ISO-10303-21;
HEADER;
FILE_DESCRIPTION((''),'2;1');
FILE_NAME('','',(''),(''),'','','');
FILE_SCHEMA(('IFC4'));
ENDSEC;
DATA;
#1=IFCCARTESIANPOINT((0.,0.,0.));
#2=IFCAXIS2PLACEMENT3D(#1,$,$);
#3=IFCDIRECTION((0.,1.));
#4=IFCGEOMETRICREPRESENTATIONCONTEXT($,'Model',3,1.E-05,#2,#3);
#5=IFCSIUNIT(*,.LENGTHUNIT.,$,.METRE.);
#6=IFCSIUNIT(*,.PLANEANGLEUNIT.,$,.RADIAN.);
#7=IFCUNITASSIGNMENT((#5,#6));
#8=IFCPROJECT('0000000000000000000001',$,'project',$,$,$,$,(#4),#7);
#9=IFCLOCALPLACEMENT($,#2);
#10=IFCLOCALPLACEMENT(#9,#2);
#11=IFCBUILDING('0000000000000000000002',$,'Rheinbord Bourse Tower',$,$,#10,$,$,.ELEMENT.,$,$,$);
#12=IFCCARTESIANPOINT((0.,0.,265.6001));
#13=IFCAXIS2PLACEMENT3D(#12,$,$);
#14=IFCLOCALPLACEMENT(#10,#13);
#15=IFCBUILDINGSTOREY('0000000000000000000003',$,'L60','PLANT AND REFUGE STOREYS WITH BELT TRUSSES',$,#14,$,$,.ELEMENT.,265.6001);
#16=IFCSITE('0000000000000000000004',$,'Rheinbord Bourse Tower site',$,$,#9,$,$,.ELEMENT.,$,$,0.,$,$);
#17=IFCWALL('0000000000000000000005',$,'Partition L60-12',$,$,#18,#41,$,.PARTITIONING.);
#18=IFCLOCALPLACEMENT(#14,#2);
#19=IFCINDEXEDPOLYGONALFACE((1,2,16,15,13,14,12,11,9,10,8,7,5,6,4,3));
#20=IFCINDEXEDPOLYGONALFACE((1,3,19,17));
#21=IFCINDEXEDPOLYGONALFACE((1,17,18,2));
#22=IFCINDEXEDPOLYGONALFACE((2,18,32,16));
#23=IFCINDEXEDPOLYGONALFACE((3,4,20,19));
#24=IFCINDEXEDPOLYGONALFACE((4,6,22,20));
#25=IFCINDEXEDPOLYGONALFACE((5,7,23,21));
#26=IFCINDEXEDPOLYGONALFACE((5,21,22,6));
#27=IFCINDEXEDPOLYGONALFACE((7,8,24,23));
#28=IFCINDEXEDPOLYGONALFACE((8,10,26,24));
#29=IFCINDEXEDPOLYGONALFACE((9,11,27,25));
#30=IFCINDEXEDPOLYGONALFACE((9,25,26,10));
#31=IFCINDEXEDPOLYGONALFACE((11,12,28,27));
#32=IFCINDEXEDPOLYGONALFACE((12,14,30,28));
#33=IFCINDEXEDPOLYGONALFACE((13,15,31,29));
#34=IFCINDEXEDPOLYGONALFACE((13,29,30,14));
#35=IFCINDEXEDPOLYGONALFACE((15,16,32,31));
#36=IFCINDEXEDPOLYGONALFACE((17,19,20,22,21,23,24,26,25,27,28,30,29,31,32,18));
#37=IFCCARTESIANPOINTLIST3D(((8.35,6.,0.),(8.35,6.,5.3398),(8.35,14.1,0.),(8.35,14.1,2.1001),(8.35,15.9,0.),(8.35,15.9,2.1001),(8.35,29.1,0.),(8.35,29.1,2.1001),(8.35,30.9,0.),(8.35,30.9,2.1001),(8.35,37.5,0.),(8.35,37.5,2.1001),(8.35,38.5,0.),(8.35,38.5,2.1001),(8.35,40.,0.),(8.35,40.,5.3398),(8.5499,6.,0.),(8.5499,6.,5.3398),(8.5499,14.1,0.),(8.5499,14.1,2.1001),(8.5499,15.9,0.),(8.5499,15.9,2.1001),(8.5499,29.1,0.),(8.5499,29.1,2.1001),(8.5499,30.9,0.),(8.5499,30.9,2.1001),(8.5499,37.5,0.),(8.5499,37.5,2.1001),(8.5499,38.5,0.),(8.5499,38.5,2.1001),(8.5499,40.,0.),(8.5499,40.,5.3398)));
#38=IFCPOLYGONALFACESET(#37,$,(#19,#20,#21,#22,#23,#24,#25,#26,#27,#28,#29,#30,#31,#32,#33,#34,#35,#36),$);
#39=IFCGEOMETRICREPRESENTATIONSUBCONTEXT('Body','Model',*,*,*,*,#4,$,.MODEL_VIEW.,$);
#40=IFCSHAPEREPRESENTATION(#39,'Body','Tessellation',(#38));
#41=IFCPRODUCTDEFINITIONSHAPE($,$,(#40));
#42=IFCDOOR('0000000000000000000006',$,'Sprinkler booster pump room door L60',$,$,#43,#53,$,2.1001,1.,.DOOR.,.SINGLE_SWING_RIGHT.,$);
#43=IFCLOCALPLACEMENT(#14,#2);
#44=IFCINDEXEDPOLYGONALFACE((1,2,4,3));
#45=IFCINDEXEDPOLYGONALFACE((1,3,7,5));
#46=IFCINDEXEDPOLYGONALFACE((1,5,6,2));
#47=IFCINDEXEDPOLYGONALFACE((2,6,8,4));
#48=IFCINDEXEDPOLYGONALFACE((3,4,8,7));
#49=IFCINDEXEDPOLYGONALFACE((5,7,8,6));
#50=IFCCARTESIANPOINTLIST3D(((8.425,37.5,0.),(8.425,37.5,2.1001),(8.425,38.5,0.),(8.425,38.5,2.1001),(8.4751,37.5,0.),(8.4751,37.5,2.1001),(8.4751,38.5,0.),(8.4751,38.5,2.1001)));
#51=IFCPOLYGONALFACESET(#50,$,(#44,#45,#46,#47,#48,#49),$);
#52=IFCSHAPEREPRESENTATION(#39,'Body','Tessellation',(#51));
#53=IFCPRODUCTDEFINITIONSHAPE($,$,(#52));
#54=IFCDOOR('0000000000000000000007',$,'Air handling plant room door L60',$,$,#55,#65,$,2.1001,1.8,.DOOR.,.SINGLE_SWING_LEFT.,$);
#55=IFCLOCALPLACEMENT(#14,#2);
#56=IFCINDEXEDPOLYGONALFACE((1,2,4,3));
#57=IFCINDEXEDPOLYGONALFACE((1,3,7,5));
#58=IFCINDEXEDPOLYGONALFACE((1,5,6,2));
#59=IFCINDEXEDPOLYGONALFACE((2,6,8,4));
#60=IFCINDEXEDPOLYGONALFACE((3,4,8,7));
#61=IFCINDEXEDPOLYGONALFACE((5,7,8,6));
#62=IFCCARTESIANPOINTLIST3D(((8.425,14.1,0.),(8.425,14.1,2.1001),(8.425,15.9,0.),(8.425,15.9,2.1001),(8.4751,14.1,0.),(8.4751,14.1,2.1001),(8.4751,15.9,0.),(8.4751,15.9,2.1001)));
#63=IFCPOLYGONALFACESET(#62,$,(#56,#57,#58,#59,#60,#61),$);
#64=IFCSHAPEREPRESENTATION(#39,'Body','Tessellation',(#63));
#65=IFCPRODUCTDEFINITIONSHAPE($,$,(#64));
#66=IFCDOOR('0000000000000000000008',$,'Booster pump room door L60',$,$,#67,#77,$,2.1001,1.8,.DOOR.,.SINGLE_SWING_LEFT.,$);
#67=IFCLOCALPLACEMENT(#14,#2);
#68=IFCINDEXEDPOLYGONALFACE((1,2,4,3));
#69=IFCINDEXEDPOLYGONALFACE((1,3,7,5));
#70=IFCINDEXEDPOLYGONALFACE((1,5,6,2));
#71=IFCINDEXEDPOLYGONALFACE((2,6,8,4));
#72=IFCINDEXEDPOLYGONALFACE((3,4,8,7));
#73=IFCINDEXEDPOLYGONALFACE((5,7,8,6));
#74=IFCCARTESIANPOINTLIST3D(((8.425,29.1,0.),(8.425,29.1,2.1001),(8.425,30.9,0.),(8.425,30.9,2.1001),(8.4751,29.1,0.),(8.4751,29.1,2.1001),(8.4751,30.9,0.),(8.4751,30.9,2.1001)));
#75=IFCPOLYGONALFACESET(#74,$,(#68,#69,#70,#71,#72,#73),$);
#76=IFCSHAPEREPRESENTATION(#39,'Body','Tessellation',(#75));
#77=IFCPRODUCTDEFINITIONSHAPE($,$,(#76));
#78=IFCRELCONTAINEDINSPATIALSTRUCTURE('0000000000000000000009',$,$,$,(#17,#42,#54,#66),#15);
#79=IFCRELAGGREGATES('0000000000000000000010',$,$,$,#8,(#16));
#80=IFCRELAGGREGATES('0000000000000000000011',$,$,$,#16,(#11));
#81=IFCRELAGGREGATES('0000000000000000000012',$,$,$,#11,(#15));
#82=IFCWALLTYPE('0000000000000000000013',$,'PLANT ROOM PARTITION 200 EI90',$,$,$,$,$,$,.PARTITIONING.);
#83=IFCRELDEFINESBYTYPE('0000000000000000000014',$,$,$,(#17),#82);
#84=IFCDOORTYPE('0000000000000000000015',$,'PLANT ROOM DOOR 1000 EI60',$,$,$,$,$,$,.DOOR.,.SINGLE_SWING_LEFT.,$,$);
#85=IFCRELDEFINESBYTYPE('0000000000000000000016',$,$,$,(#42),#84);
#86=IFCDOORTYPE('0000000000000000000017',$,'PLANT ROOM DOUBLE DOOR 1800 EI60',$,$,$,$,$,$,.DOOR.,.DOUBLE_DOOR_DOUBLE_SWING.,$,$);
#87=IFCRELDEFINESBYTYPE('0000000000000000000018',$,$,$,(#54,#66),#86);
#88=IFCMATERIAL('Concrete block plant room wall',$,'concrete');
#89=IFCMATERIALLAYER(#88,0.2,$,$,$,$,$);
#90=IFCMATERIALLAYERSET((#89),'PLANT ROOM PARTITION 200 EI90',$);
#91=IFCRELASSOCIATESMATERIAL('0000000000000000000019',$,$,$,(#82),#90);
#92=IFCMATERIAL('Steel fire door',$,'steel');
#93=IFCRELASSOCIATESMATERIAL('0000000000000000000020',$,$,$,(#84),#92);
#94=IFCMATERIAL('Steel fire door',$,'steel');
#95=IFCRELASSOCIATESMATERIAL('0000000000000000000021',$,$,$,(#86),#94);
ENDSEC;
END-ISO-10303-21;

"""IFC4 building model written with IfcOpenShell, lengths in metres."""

from ifc_helpers import new_model, si_unit, direction, frame, frame_2d, origin, place, context, subcontext, project, spatial, rectangle, extrude, material, layer, layer_set, type_object, element, fill, save


model = new_model("IFC4")

# Units and contexts
model_context = context("Model", 3, precision=1e-05, world=origin(), true_north=direction((0.0, 1.0)))
body_context = subcontext(model_context, "Body", "Model", "MODEL_VIEW")
ifc_project = project(units=[si_unit("LENGTHUNIT", "METRE"), si_unit("PLANEANGLEUNIT", "RADIAN")], contexts=[model_context])

# Site, building, storey
site_placement = place(None, origin())
site = spatial("IfcSite", under=ifc_project, at=site_placement, Name="Rheinbord Bourse Tower site", CompositionType="ELEMENT", RefElevation=0.0)
building_placement = place(site_placement, origin())
building = spatial("IfcBuilding", under=site, at=building_placement, Name="Rheinbord Bourse Tower", CompositionType="ELEMENT")
storey_placement = place(building_placement, frame((0.0, 0.0, 265.6001)))
storey = spatial("IfcBuildingStorey", under=building, at=storey_placement, Name="L60", Description="PLANT AND REFUGE STOREYS WITH BELT TRUSSES", CompositionType="ELEMENT", Elevation=265.6001)

# Shared definitions
ifc_material_1 = material(Name="Concrete block plant room wall", Category="concrete")
ifc_layer_1 = layer(ifc_material_1, 0.2)
ifc_layer_set_1 = layer_set([ifc_layer_1], Name="PLANT ROOM PARTITION 200 EI90")
wall_type = type_object("IfcWallType", Name="PLANT ROOM PARTITION 200 EI90", PredefinedType="PARTITIONING", material=ifc_layer_set_1)

# Wall, openings, doors
wall_1_placement = place(storey_placement, frame((8.45, 6.0, 0.0), z_axis=(0.0, 0.0, 1.0), x_axis=(0.0, 1.0, 0.0)))
wall_1 = element("IfcWall", 1, at=wall_1_placement, inside=storey, type_object=wall_type, Name="Partition L60-12", PredefinedType="PARTITIONING", context=body_context, shape_type="SweptSolid", body=[
    extrude(rectangle(XDim=34.0, YDim=0.2, at=frame_2d((17.0, 0.0))), origin(), (0.0, 0.0, 1.0), 5.3398),
])
opening_1_placement = place(wall_1_placement, frame((8.1001, 0.0, 0.0)))
opening_1 = element("IfcOpeningElement", 2, at=opening_1_placement, cuts=wall_1, PredefinedType="OPENING", context=body_context, shape_type="SweptSolid", body=[
    extrude(rectangle(XDim=1.8, YDim=2.1001, at=frame_2d((0.8999, 1.05))), frame((0.0, 0.1099, 0.0), z_axis=(0.0, -1.0, 0.0), x_axis=(1.0, 0.0, 0.0)), (0.0, 0.0, 1.0), 0.22),
])
opening_2_placement = place(wall_1_placement, frame((23.1001, 0.0, 0.0)))
opening_2 = element("IfcOpeningElement", 3, at=opening_2_placement, cuts=wall_1, PredefinedType="OPENING", context=body_context, shape_type="SweptSolid", body=[
    extrude(rectangle(XDim=1.8, YDim=2.1001, at=frame_2d((0.8999, 1.05))), frame((0.0, 0.1099, 0.0), z_axis=(0.0, -1.0, 0.0), x_axis=(1.0, 0.0, 0.0)), (0.0, 0.0, 1.0), 0.22),
])
opening_3_placement = place(wall_1_placement, frame((31.5, 0.0, 0.0)))
opening_3 = element("IfcOpeningElement", 4, at=opening_3_placement, cuts=wall_1, PredefinedType="OPENING", context=body_context, shape_type="SweptSolid", body=[
    extrude(rectangle(XDim=1.0, YDim=2.1001, at=frame_2d((0.5, 1.05))), frame((0.0, 0.1099, 0.0), z_axis=(0.0, -1.0, 0.0), x_axis=(1.0, 0.0, 0.0)), (0.0, 0.0, 1.0), 0.22),
])
ifc_material_2 = material(Name="Steel fire door", Category="steel")
door_type_1 = type_object("IfcDoorType", Name="PLANT ROOM DOOR 1000 EI60", OperationType="SINGLE_SWING_LEFT", PredefinedType="DOOR", material=ifc_material_2)
door_1_placement = place(opening_3_placement, origin())
door_1 = element("IfcDoor", 5, at=door_1_placement, inside=storey, type_object=door_type_1, Name="Sprinkler booster pump room door L60", OperationType="SINGLE_SWING_RIGHT", OverallHeight=2.1001, OverallWidth=1.0, PredefinedType="DOOR", context=body_context, shape_type="SweptSolid", body=[
    extrude(rectangle(XDim=1.0, YDim=2.1001, at=frame_2d((0.5, 1.05))), frame((0.0, 0.0249, 0.0), z_axis=(0.0, -1.0, 0.0), x_axis=(1.0, 0.0, 0.0)), (0.0, 0.0, 1.0), 0.05),
])
fill(opening_3, door_1)
ifc_material_3 = material(Name="Steel fire door", Category="steel")
door_type_2 = type_object("IfcDoorType", Name="PLANT ROOM DOUBLE DOOR 1800 EI60", OperationType="DOUBLE_DOOR_DOUBLE_SWING", PredefinedType="DOOR", material=ifc_material_3)
door_2_placement = place(opening_1_placement, origin())
door_2 = element("IfcDoor", 6, at=door_2_placement, inside=storey, type_object=door_type_2, Name="Air handling plant room door L60", OperationType="SINGLE_SWING_LEFT", OverallHeight=2.1001, OverallWidth=1.8, PredefinedType="DOOR", context=body_context, shape_type="SweptSolid", body=[
    extrude(rectangle(XDim=1.8, YDim=2.1001, at=frame_2d((0.8999, 1.05))), frame((0.0, 0.0249, 0.0), z_axis=(0.0, -1.0, 0.0), x_axis=(1.0, 0.0, 0.0)), (0.0, 0.0, 1.0), 0.05),
])
fill(opening_1, door_2)
door_3_placement = place(opening_2_placement, origin())
door_3 = element("IfcDoor", 7, at=door_3_placement, inside=storey, type_object=door_type_2, Name="Booster pump room door L60", OperationType="SINGLE_SWING_LEFT", OverallHeight=2.1001, OverallWidth=1.8, PredefinedType="DOOR", context=body_context, shape_type="SweptSolid", body=[
    extrude(rectangle(XDim=1.8, YDim=2.1001, at=frame_2d((0.8999, 1.05))), frame((0.0, 0.0249, 0.0), z_axis=(0.0, -1.0, 0.0), x_axis=(1.0, 0.0, 0.0)), (0.0, 0.0, 1.0), 0.05),
])
fill(opening_2, door_3)

save(model, "model.ifc")
